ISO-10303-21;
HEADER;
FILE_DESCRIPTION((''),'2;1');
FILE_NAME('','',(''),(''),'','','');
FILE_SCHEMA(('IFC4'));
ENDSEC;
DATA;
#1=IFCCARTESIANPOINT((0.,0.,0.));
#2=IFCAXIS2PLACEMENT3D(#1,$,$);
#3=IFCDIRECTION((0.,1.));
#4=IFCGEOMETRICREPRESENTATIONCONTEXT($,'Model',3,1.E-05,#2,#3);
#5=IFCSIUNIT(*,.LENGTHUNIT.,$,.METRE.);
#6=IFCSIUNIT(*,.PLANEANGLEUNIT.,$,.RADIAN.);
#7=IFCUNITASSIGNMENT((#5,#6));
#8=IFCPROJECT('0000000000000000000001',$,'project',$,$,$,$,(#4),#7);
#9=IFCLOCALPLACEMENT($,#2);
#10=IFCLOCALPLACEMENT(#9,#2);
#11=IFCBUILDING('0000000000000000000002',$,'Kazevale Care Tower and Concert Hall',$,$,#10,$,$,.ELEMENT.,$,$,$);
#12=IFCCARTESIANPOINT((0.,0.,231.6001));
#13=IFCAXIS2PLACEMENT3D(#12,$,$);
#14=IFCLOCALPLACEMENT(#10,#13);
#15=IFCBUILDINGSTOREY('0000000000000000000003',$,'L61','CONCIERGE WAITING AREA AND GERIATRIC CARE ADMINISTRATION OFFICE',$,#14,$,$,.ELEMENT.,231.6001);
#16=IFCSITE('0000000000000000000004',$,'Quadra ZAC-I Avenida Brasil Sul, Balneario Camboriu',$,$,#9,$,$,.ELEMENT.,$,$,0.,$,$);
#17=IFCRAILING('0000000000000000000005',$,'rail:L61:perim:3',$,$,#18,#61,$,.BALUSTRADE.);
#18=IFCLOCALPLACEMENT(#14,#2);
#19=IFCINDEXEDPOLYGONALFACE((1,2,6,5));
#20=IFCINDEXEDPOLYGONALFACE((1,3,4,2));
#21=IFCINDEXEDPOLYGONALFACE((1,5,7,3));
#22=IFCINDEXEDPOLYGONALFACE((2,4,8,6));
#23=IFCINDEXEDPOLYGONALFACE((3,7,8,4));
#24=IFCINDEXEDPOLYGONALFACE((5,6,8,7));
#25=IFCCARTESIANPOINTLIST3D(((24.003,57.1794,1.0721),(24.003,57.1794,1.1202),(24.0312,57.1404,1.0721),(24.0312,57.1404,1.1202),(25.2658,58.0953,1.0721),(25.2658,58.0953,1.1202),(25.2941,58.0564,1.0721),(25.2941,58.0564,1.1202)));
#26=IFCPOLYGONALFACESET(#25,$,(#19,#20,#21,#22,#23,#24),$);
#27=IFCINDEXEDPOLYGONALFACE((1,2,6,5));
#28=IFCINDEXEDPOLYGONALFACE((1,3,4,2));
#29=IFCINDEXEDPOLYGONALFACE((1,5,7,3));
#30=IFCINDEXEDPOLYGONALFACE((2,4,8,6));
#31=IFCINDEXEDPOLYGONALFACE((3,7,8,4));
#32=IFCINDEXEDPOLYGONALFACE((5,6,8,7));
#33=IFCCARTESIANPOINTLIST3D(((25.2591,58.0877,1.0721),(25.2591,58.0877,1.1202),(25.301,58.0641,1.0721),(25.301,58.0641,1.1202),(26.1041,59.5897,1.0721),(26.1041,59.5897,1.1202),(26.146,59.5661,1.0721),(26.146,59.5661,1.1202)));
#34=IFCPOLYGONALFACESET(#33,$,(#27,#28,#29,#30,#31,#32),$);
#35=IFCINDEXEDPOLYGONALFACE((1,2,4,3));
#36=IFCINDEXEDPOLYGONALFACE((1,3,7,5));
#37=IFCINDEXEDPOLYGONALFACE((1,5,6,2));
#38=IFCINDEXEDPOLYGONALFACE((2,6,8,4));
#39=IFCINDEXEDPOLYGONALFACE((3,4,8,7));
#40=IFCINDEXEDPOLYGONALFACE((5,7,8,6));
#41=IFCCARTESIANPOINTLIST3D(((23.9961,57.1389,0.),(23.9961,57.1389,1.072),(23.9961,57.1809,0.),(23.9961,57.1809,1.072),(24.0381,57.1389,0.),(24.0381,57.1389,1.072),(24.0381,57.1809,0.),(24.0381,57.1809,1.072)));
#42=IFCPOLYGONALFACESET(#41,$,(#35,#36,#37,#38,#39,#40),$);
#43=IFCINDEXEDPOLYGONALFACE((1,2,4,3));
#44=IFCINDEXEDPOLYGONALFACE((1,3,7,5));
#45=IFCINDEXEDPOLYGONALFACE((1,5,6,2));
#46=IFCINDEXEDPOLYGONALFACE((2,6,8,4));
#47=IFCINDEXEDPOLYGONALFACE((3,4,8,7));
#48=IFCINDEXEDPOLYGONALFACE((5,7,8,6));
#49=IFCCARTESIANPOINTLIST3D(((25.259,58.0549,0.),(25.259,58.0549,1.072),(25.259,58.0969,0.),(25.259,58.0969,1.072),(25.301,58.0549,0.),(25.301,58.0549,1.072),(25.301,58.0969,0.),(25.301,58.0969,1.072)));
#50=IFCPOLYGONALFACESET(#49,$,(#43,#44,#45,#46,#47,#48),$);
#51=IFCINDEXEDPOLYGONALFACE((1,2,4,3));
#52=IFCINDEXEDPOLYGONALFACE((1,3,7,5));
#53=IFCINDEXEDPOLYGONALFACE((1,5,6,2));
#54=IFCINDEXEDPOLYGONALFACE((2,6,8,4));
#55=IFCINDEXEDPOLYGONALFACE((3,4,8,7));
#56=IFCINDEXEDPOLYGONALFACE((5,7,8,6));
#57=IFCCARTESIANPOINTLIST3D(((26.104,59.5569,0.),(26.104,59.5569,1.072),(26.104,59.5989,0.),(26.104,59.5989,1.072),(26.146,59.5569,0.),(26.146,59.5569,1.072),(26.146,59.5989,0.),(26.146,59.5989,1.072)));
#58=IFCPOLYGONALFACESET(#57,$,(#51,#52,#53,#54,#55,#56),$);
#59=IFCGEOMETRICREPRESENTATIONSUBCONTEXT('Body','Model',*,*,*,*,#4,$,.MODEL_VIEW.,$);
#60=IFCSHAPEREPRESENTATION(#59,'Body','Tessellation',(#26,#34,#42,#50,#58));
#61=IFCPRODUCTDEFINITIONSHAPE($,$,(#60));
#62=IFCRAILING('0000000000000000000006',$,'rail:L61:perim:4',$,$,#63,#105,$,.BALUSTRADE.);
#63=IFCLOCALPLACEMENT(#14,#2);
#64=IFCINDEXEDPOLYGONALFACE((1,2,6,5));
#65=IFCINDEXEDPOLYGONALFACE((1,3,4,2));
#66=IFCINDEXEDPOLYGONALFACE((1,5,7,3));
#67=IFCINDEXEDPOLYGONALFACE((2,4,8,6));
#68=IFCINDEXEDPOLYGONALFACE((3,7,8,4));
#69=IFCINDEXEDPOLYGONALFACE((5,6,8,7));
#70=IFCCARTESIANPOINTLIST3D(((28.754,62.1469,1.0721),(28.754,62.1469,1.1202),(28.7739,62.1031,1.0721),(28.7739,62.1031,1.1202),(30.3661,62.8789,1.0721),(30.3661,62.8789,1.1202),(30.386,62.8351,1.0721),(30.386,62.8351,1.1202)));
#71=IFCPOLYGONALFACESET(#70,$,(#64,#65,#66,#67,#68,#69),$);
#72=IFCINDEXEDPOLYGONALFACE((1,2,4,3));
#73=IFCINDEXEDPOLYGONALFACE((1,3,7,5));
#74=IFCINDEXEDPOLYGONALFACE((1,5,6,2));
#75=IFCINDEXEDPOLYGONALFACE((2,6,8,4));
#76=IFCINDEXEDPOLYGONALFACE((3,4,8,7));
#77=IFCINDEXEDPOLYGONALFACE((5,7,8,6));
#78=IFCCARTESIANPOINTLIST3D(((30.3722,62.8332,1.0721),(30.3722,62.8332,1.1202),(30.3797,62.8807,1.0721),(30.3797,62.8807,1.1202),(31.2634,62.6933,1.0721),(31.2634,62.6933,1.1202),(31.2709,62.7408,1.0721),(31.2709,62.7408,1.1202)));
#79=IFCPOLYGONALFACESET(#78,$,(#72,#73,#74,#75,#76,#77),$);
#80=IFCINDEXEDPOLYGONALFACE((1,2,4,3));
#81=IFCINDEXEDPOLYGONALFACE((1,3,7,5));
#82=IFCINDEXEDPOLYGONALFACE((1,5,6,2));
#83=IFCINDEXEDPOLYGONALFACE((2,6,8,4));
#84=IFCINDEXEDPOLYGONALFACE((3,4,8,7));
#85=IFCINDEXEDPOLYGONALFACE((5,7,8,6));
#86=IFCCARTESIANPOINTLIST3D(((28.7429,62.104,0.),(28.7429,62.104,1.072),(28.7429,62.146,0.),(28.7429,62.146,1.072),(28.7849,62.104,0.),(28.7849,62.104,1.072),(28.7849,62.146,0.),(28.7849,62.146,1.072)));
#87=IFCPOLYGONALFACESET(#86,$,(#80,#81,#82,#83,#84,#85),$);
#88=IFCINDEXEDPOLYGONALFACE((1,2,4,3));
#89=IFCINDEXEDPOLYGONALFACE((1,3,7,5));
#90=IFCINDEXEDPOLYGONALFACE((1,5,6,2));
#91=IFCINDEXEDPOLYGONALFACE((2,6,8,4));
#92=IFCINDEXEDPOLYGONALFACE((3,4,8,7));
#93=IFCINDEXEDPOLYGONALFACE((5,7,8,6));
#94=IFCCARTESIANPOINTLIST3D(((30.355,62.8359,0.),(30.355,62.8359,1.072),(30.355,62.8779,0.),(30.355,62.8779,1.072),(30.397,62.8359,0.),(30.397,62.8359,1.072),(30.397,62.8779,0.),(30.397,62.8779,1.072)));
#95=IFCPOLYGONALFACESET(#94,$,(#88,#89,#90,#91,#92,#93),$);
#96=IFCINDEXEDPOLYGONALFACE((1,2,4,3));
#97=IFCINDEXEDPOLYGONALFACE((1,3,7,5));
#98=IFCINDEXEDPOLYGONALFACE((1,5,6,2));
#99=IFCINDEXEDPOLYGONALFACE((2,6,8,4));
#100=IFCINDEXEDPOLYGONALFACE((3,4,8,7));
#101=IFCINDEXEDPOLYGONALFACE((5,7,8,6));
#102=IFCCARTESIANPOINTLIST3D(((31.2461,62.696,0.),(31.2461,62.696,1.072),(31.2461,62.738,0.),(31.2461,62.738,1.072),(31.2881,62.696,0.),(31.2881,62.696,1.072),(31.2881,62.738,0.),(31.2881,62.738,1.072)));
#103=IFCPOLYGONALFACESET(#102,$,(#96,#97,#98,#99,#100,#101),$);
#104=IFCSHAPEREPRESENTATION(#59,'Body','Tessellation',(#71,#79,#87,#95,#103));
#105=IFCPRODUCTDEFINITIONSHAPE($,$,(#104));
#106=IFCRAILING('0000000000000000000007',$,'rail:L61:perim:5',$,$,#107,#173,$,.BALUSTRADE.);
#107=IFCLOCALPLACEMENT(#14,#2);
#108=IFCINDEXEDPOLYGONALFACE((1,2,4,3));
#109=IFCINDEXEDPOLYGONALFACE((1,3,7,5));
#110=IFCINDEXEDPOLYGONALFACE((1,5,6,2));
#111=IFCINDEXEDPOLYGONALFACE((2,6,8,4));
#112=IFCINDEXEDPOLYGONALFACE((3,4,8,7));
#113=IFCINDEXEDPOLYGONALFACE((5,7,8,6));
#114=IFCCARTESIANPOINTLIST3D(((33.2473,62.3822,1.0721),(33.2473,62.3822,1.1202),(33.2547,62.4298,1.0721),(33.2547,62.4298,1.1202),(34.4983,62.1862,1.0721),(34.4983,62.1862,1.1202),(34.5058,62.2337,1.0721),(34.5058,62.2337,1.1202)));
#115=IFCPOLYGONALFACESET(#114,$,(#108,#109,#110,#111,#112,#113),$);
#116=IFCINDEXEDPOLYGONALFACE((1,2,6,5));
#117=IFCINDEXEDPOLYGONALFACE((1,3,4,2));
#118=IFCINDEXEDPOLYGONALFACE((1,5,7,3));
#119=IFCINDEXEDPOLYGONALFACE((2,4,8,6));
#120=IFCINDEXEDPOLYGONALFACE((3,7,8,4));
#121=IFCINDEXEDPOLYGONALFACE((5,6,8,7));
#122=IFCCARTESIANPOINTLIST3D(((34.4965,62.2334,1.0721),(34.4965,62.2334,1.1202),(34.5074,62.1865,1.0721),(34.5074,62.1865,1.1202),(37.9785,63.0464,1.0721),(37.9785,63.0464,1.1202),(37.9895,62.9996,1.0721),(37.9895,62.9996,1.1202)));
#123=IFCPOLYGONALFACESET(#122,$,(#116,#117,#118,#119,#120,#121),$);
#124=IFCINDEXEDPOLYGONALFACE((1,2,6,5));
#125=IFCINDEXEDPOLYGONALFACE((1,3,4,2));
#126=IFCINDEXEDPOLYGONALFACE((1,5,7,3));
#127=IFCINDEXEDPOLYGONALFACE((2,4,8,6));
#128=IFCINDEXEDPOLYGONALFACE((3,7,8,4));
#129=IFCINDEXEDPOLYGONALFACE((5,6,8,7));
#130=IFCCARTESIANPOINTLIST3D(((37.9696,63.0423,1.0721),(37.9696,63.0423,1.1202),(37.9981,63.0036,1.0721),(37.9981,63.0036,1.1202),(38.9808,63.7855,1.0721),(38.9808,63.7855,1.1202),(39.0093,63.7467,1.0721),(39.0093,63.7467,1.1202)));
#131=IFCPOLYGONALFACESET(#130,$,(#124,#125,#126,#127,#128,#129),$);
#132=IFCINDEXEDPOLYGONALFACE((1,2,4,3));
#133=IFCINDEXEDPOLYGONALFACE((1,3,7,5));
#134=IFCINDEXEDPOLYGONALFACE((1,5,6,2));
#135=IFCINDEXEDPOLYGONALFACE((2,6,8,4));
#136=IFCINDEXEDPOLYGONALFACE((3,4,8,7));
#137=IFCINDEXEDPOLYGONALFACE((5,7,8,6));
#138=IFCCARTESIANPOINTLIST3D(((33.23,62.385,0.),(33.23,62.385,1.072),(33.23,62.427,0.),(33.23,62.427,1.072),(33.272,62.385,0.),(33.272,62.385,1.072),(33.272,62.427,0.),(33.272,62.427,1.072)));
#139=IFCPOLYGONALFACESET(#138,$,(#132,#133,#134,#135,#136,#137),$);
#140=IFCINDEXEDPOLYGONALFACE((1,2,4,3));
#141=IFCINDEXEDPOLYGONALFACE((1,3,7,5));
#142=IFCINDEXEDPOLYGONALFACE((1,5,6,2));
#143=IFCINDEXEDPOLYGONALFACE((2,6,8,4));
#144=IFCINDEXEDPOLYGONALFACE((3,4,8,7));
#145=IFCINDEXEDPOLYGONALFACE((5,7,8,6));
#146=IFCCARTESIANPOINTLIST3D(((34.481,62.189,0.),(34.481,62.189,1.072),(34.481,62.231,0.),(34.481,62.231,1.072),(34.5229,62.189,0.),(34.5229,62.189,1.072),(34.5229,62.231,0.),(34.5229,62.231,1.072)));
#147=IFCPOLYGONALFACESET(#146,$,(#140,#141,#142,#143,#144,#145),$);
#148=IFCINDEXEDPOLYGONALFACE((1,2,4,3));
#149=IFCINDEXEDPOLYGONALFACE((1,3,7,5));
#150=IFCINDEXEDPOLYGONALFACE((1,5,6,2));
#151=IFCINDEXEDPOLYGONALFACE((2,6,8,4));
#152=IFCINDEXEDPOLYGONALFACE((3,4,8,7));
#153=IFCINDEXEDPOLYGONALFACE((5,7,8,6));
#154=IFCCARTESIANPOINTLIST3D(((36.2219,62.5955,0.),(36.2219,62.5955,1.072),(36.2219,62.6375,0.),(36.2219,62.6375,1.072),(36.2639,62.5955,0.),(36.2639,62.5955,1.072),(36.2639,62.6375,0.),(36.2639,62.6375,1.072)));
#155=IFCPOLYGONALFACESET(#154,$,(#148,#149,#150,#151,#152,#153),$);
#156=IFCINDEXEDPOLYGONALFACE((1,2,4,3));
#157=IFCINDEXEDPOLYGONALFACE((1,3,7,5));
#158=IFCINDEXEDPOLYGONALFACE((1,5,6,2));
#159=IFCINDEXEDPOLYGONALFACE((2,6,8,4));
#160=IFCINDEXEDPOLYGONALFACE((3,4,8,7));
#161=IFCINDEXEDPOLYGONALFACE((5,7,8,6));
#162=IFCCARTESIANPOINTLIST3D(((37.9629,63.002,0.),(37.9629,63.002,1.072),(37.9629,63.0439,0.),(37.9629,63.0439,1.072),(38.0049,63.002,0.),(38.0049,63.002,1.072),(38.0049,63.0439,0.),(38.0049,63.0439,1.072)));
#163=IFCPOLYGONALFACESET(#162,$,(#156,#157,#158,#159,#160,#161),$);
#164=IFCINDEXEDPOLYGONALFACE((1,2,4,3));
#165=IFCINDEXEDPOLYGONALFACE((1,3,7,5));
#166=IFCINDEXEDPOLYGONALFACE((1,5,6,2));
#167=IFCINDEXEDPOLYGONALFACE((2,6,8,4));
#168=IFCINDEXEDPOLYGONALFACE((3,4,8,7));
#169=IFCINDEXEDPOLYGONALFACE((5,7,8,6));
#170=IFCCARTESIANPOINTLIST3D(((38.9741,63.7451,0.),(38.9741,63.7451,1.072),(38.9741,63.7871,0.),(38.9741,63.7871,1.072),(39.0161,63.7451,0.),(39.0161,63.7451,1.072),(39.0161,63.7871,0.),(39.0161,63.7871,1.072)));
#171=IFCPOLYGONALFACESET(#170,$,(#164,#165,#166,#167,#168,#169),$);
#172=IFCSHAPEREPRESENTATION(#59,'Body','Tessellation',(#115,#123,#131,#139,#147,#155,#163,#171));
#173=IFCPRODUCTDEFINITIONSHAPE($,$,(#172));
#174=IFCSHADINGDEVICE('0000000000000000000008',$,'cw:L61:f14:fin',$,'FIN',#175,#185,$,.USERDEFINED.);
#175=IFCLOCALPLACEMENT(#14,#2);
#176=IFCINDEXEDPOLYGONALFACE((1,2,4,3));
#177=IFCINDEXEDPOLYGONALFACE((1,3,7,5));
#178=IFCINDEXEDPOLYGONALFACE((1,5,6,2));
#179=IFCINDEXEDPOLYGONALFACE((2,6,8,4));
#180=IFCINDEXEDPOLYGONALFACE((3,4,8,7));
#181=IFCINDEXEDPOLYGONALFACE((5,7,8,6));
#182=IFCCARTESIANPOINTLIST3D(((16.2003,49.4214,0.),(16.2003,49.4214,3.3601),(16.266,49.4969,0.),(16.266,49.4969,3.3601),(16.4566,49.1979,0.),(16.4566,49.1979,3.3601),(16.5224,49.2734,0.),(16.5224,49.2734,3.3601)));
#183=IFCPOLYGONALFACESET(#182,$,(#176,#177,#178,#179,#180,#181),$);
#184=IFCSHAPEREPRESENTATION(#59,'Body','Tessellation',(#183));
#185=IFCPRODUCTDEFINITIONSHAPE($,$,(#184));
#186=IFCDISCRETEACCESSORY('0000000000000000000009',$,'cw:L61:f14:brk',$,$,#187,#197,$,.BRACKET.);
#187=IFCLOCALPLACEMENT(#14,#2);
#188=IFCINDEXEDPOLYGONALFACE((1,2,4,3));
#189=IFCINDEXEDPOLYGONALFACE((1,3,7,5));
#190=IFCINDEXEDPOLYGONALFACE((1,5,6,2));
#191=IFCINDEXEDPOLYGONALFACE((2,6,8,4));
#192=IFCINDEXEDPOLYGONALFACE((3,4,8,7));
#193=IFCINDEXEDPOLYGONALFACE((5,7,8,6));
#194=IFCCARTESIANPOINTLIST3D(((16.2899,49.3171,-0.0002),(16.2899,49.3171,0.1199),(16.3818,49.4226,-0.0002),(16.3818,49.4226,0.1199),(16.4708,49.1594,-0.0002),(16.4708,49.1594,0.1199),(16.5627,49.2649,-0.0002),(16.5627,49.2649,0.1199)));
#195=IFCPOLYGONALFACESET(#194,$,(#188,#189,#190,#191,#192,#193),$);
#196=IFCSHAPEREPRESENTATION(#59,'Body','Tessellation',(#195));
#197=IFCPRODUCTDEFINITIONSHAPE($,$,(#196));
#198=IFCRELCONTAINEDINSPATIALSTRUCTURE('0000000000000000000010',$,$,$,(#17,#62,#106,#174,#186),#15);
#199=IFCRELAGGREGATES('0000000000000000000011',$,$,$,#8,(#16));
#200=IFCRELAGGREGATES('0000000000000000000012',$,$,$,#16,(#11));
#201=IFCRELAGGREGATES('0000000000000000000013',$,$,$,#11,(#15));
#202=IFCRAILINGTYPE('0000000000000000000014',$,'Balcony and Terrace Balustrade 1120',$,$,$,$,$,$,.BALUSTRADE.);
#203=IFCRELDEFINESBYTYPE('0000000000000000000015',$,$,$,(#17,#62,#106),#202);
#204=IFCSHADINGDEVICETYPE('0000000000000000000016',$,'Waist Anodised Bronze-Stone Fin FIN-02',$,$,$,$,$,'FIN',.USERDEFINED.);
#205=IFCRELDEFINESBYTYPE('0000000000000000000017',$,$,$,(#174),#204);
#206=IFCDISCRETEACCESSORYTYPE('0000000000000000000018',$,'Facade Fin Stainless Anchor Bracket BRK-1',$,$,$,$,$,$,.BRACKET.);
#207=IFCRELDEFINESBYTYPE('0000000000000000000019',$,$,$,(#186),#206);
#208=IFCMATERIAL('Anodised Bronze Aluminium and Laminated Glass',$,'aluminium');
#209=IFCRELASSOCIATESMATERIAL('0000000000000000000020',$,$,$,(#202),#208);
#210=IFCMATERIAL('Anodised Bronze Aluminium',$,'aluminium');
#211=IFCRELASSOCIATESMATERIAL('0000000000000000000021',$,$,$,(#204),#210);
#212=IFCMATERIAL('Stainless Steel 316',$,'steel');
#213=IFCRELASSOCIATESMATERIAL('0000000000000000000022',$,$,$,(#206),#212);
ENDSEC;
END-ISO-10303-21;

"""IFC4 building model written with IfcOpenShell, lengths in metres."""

from ifc_helpers import new_model, si_unit, direction, frame, origin, origin_2d, place, context, subcontext, project, spatial, rectangle, extrude, material, type_object, element, save


model = new_model("IFC4")

# Units and contexts
model_context = context("Model", 3, precision=1e-05, world=origin(), true_north=direction((0.0, 1.0)))
body_context = subcontext(model_context, "Body", "Model", "MODEL_VIEW")
ifc_project = project(units=[si_unit("LENGTHUNIT", "METRE"), si_unit("PLANEANGLEUNIT", "RADIAN")], contexts=[model_context])

# Site, building, storey
site_placement = place(None, origin())
site = spatial("IfcSite", under=ifc_project, at=site_placement, Name="Quadra ZAC-I Avenida Brasil Sul, Balneario Camboriu", CompositionType="ELEMENT", RefElevation=0.0)
building_placement = place(site_placement, origin())
building = spatial("IfcBuilding", under=site, at=building_placement, Name="Kazevale Care Tower and Concert Hall", CompositionType="ELEMENT")
storey_placement = place(building_placement, frame((0.0, 0.0, 231.6001)))
storey = spatial("IfcBuildingStorey", under=building, at=storey_placement, Name="L61", Description="CONCIERGE WAITING AREA AND GERIATRIC CARE ADMINISTRATION OFFICE", CompositionType="ELEMENT", Elevation=231.6001)

# Railings
ifc_material_1 = material(Name="Anodised Bronze Aluminium and Laminated Glass", Category="aluminium")
railing_type = type_object("IfcRailingType", Name="Balcony and Terrace Balustrade 1120", PredefinedType="BALUSTRADE", material=ifc_material_1)
railing_1_placement = place(storey_placement, frame((24.0171, 57.1599, 0.0)))
element("IfcRailing", 1, at=railing_1_placement, inside=storey, type_object=railing_type, Name="rail:L61:perim:3", PredefinedType="BALUSTRADE", context=body_context, shape_type="SweptSolid", body=[
    extrude(rectangle(XDim=0.0481, YDim=0.0481, at=origin_2d()), frame((0.0, 0.0, 1.0962), z_axis=(0.809493, 0.587129, 0.0), x_axis=(-0.587129, 0.809493, 0.0)), (0.0, 0.0, 1.0), 1.5601),
    extrude(rectangle(XDim=0.0481, YDim=0.0481, at=origin_2d()), frame((1.2629, 0.916, 1.0962), z_axis=(0.490315, 0.871545, 0.0), x_axis=(-0.871545, 0.490315, 0.0)), (0.0, 0.0, 1.0), 1.7234),
    extrude(rectangle(XDim=0.042, YDim=0.042, at=origin_2d()), origin(), (0.0, 0.0, 1.0), 1.072),
    extrude(rectangle(XDim=0.042, YDim=0.042, at=origin_2d()), frame((1.2629, 0.916, 0.0)), (0.0, 0.0, 1.0), 1.072),
    extrude(rectangle(XDim=0.042, YDim=0.042, at=origin_2d()), frame((2.1079, 2.418, 0.0)), (0.0, 0.0, 1.0), 1.072),
])
railing_2_placement = place(storey_placement, frame((28.7639, 62.125, 0.0)))
element("IfcRailing", 2, at=railing_2_placement, inside=storey, type_object=railing_type, Name="rail:L61:perim:4", PredefinedType="BALUSTRADE", context=body_context, shape_type="SweptSolid", body=[
    extrude(rectangle(XDim=0.0481, YDim=0.0481, at=origin_2d()), frame((0.0, 0.0, 1.0962), z_axis=(0.910541, 0.413418, 0.0), x_axis=(-0.413418, 0.910541, 0.0)), (0.0, 0.0, 1.0), 1.7705),
    extrude(rectangle(XDim=0.0481, YDim=0.0481, at=origin_2d()), frame((1.6121, 0.7319, 1.0962), z_axis=(0.987901, -0.155087, 0.0), x_axis=(0.155087, 0.987901, 0.0)), (0.0, 0.0, 1.0), 0.9021),
    extrude(rectangle(XDim=0.042, YDim=0.042, at=origin_2d()), origin(), (0.0, 0.0, 1.0), 1.072),
    extrude(rectangle(XDim=0.042, YDim=0.042, at=origin_2d()), frame((1.6121, 0.7319, 0.0)), (0.0, 0.0, 1.0), 1.072),
    extrude(rectangle(XDim=0.042, YDim=0.042, at=origin_2d()), frame((2.5032, 0.592, 0.0)), (0.0, 0.0, 1.0), 1.072),
])
railing_3_placement = place(storey_placement, frame((33.251, 62.406, 0.0)))
element("IfcRailing", 3, at=railing_3_placement, inside=storey, type_object=railing_type, Name="rail:L61:perim:5", PredefinedType="BALUSTRADE", context=body_context, shape_type="SweptSolid", body=[
    extrude(rectangle(XDim=0.0481, YDim=0.0481, at=origin_2d()), frame((0.0, 0.0, 1.0962), z_axis=(0.987942, -0.154824, 0.0), x_axis=(0.154824, 0.987942, 0.0)), (0.0, 0.0, 1.0), 1.2664),
    extrude(rectangle(XDim=0.0481, YDim=0.0481, at=origin_2d()), frame((1.251, -0.196, 1.0962), z_axis=(0.973808, 0.227372, 0.0), x_axis=(-0.227372, 0.973808, 0.0)), (0.0, 0.0, 1.0), 3.5757),
    extrude(rectangle(XDim=0.0481, YDim=0.0481, at=origin_2d()), frame((4.7329, 0.6169, 1.0962), z_axis=(0.805798, 0.59219, 0.0), x_axis=(-0.59219, 0.805798, 0.0)), (0.0, 0.0, 1.0), 1.2549),
    extrude(rectangle(XDim=0.042, YDim=0.042, at=origin_2d()), origin(), (0.0, 0.0, 1.0), 1.072),
    extrude(rectangle(XDim=0.042, YDim=0.042, at=origin_2d()), frame((1.251, -0.196, 0.0)), (0.0, 0.0, 1.0), 1.072),
    extrude(rectangle(XDim=0.042, YDim=0.042, at=origin_2d()), frame((2.9919, 0.2104, 0.0)), (0.0, 0.0, 1.0), 1.072),
    extrude(rectangle(XDim=0.042, YDim=0.042, at=origin_2d()), frame((4.7329, 0.6169, 0.0)), (0.0, 0.0, 1.0), 1.072),
    extrude(rectangle(XDim=0.042, YDim=0.042, at=origin_2d()), frame((5.7441, 1.3601, 0.0)), (0.0, 0.0, 1.0), 1.072),
])

# Shading device
ifc_material_2 = material(Name="Anodised Bronze Aluminium", Category="aluminium")
shading_device_type = type_object("IfcShadingDeviceType", Name="Waist Anodised Bronze-Stone Fin FIN-02", ElementType="FIN", PredefinedType="USERDEFINED", material=ifc_material_2)
shading_device_placement = place(storey_placement, frame((16.3613, 49.3474, 0.0), z_axis=(0.0, 0.0, 1.0), x_axis=(-0.753793, 0.657112, 0.0)))
element("IfcShadingDevice", 4, at=shading_device_placement, inside=storey, type_object=shading_device_type, Name="cw:L61:f14:fin", ObjectType="FIN", PredefinedType="USERDEFINED", context=body_context, shape_type="SweptSolid", body=[
    extrude(rectangle(XDim=0.3401, YDim=0.1001, at=origin_2d()), origin(), (0.0, 0.0, 1.0), 3.3601),
])

# Discrete accessory
ifc_material_3 = material(Name="Stainless Steel 316", Category="steel")
discrete_accessory_type = type_object("IfcDiscreteAccessoryType", Name="Facade Fin Stainless Anchor Bracket BRK-1", PredefinedType="BRACKET", material=ifc_material_3)
discrete_accessory_placement = place(storey_placement, frame((16.4263, 49.291, -0.0002), z_axis=(0.0, 0.0, 1.0), x_axis=(-0.753793, 0.657112, 0.0)))
element("IfcDiscreteAccessory", 5, at=discrete_accessory_placement, inside=storey, type_object=discrete_accessory_type, Name="cw:L61:f14:brk", PredefinedType="BRACKET", context=body_context, shape_type="SweptSolid", body=[
    extrude(rectangle(XDim=0.24, YDim=0.1399, at=origin_2d()), origin(), (0.0, 0.0, 1.0), 0.1201),
])

save(model, "model.ifc")
